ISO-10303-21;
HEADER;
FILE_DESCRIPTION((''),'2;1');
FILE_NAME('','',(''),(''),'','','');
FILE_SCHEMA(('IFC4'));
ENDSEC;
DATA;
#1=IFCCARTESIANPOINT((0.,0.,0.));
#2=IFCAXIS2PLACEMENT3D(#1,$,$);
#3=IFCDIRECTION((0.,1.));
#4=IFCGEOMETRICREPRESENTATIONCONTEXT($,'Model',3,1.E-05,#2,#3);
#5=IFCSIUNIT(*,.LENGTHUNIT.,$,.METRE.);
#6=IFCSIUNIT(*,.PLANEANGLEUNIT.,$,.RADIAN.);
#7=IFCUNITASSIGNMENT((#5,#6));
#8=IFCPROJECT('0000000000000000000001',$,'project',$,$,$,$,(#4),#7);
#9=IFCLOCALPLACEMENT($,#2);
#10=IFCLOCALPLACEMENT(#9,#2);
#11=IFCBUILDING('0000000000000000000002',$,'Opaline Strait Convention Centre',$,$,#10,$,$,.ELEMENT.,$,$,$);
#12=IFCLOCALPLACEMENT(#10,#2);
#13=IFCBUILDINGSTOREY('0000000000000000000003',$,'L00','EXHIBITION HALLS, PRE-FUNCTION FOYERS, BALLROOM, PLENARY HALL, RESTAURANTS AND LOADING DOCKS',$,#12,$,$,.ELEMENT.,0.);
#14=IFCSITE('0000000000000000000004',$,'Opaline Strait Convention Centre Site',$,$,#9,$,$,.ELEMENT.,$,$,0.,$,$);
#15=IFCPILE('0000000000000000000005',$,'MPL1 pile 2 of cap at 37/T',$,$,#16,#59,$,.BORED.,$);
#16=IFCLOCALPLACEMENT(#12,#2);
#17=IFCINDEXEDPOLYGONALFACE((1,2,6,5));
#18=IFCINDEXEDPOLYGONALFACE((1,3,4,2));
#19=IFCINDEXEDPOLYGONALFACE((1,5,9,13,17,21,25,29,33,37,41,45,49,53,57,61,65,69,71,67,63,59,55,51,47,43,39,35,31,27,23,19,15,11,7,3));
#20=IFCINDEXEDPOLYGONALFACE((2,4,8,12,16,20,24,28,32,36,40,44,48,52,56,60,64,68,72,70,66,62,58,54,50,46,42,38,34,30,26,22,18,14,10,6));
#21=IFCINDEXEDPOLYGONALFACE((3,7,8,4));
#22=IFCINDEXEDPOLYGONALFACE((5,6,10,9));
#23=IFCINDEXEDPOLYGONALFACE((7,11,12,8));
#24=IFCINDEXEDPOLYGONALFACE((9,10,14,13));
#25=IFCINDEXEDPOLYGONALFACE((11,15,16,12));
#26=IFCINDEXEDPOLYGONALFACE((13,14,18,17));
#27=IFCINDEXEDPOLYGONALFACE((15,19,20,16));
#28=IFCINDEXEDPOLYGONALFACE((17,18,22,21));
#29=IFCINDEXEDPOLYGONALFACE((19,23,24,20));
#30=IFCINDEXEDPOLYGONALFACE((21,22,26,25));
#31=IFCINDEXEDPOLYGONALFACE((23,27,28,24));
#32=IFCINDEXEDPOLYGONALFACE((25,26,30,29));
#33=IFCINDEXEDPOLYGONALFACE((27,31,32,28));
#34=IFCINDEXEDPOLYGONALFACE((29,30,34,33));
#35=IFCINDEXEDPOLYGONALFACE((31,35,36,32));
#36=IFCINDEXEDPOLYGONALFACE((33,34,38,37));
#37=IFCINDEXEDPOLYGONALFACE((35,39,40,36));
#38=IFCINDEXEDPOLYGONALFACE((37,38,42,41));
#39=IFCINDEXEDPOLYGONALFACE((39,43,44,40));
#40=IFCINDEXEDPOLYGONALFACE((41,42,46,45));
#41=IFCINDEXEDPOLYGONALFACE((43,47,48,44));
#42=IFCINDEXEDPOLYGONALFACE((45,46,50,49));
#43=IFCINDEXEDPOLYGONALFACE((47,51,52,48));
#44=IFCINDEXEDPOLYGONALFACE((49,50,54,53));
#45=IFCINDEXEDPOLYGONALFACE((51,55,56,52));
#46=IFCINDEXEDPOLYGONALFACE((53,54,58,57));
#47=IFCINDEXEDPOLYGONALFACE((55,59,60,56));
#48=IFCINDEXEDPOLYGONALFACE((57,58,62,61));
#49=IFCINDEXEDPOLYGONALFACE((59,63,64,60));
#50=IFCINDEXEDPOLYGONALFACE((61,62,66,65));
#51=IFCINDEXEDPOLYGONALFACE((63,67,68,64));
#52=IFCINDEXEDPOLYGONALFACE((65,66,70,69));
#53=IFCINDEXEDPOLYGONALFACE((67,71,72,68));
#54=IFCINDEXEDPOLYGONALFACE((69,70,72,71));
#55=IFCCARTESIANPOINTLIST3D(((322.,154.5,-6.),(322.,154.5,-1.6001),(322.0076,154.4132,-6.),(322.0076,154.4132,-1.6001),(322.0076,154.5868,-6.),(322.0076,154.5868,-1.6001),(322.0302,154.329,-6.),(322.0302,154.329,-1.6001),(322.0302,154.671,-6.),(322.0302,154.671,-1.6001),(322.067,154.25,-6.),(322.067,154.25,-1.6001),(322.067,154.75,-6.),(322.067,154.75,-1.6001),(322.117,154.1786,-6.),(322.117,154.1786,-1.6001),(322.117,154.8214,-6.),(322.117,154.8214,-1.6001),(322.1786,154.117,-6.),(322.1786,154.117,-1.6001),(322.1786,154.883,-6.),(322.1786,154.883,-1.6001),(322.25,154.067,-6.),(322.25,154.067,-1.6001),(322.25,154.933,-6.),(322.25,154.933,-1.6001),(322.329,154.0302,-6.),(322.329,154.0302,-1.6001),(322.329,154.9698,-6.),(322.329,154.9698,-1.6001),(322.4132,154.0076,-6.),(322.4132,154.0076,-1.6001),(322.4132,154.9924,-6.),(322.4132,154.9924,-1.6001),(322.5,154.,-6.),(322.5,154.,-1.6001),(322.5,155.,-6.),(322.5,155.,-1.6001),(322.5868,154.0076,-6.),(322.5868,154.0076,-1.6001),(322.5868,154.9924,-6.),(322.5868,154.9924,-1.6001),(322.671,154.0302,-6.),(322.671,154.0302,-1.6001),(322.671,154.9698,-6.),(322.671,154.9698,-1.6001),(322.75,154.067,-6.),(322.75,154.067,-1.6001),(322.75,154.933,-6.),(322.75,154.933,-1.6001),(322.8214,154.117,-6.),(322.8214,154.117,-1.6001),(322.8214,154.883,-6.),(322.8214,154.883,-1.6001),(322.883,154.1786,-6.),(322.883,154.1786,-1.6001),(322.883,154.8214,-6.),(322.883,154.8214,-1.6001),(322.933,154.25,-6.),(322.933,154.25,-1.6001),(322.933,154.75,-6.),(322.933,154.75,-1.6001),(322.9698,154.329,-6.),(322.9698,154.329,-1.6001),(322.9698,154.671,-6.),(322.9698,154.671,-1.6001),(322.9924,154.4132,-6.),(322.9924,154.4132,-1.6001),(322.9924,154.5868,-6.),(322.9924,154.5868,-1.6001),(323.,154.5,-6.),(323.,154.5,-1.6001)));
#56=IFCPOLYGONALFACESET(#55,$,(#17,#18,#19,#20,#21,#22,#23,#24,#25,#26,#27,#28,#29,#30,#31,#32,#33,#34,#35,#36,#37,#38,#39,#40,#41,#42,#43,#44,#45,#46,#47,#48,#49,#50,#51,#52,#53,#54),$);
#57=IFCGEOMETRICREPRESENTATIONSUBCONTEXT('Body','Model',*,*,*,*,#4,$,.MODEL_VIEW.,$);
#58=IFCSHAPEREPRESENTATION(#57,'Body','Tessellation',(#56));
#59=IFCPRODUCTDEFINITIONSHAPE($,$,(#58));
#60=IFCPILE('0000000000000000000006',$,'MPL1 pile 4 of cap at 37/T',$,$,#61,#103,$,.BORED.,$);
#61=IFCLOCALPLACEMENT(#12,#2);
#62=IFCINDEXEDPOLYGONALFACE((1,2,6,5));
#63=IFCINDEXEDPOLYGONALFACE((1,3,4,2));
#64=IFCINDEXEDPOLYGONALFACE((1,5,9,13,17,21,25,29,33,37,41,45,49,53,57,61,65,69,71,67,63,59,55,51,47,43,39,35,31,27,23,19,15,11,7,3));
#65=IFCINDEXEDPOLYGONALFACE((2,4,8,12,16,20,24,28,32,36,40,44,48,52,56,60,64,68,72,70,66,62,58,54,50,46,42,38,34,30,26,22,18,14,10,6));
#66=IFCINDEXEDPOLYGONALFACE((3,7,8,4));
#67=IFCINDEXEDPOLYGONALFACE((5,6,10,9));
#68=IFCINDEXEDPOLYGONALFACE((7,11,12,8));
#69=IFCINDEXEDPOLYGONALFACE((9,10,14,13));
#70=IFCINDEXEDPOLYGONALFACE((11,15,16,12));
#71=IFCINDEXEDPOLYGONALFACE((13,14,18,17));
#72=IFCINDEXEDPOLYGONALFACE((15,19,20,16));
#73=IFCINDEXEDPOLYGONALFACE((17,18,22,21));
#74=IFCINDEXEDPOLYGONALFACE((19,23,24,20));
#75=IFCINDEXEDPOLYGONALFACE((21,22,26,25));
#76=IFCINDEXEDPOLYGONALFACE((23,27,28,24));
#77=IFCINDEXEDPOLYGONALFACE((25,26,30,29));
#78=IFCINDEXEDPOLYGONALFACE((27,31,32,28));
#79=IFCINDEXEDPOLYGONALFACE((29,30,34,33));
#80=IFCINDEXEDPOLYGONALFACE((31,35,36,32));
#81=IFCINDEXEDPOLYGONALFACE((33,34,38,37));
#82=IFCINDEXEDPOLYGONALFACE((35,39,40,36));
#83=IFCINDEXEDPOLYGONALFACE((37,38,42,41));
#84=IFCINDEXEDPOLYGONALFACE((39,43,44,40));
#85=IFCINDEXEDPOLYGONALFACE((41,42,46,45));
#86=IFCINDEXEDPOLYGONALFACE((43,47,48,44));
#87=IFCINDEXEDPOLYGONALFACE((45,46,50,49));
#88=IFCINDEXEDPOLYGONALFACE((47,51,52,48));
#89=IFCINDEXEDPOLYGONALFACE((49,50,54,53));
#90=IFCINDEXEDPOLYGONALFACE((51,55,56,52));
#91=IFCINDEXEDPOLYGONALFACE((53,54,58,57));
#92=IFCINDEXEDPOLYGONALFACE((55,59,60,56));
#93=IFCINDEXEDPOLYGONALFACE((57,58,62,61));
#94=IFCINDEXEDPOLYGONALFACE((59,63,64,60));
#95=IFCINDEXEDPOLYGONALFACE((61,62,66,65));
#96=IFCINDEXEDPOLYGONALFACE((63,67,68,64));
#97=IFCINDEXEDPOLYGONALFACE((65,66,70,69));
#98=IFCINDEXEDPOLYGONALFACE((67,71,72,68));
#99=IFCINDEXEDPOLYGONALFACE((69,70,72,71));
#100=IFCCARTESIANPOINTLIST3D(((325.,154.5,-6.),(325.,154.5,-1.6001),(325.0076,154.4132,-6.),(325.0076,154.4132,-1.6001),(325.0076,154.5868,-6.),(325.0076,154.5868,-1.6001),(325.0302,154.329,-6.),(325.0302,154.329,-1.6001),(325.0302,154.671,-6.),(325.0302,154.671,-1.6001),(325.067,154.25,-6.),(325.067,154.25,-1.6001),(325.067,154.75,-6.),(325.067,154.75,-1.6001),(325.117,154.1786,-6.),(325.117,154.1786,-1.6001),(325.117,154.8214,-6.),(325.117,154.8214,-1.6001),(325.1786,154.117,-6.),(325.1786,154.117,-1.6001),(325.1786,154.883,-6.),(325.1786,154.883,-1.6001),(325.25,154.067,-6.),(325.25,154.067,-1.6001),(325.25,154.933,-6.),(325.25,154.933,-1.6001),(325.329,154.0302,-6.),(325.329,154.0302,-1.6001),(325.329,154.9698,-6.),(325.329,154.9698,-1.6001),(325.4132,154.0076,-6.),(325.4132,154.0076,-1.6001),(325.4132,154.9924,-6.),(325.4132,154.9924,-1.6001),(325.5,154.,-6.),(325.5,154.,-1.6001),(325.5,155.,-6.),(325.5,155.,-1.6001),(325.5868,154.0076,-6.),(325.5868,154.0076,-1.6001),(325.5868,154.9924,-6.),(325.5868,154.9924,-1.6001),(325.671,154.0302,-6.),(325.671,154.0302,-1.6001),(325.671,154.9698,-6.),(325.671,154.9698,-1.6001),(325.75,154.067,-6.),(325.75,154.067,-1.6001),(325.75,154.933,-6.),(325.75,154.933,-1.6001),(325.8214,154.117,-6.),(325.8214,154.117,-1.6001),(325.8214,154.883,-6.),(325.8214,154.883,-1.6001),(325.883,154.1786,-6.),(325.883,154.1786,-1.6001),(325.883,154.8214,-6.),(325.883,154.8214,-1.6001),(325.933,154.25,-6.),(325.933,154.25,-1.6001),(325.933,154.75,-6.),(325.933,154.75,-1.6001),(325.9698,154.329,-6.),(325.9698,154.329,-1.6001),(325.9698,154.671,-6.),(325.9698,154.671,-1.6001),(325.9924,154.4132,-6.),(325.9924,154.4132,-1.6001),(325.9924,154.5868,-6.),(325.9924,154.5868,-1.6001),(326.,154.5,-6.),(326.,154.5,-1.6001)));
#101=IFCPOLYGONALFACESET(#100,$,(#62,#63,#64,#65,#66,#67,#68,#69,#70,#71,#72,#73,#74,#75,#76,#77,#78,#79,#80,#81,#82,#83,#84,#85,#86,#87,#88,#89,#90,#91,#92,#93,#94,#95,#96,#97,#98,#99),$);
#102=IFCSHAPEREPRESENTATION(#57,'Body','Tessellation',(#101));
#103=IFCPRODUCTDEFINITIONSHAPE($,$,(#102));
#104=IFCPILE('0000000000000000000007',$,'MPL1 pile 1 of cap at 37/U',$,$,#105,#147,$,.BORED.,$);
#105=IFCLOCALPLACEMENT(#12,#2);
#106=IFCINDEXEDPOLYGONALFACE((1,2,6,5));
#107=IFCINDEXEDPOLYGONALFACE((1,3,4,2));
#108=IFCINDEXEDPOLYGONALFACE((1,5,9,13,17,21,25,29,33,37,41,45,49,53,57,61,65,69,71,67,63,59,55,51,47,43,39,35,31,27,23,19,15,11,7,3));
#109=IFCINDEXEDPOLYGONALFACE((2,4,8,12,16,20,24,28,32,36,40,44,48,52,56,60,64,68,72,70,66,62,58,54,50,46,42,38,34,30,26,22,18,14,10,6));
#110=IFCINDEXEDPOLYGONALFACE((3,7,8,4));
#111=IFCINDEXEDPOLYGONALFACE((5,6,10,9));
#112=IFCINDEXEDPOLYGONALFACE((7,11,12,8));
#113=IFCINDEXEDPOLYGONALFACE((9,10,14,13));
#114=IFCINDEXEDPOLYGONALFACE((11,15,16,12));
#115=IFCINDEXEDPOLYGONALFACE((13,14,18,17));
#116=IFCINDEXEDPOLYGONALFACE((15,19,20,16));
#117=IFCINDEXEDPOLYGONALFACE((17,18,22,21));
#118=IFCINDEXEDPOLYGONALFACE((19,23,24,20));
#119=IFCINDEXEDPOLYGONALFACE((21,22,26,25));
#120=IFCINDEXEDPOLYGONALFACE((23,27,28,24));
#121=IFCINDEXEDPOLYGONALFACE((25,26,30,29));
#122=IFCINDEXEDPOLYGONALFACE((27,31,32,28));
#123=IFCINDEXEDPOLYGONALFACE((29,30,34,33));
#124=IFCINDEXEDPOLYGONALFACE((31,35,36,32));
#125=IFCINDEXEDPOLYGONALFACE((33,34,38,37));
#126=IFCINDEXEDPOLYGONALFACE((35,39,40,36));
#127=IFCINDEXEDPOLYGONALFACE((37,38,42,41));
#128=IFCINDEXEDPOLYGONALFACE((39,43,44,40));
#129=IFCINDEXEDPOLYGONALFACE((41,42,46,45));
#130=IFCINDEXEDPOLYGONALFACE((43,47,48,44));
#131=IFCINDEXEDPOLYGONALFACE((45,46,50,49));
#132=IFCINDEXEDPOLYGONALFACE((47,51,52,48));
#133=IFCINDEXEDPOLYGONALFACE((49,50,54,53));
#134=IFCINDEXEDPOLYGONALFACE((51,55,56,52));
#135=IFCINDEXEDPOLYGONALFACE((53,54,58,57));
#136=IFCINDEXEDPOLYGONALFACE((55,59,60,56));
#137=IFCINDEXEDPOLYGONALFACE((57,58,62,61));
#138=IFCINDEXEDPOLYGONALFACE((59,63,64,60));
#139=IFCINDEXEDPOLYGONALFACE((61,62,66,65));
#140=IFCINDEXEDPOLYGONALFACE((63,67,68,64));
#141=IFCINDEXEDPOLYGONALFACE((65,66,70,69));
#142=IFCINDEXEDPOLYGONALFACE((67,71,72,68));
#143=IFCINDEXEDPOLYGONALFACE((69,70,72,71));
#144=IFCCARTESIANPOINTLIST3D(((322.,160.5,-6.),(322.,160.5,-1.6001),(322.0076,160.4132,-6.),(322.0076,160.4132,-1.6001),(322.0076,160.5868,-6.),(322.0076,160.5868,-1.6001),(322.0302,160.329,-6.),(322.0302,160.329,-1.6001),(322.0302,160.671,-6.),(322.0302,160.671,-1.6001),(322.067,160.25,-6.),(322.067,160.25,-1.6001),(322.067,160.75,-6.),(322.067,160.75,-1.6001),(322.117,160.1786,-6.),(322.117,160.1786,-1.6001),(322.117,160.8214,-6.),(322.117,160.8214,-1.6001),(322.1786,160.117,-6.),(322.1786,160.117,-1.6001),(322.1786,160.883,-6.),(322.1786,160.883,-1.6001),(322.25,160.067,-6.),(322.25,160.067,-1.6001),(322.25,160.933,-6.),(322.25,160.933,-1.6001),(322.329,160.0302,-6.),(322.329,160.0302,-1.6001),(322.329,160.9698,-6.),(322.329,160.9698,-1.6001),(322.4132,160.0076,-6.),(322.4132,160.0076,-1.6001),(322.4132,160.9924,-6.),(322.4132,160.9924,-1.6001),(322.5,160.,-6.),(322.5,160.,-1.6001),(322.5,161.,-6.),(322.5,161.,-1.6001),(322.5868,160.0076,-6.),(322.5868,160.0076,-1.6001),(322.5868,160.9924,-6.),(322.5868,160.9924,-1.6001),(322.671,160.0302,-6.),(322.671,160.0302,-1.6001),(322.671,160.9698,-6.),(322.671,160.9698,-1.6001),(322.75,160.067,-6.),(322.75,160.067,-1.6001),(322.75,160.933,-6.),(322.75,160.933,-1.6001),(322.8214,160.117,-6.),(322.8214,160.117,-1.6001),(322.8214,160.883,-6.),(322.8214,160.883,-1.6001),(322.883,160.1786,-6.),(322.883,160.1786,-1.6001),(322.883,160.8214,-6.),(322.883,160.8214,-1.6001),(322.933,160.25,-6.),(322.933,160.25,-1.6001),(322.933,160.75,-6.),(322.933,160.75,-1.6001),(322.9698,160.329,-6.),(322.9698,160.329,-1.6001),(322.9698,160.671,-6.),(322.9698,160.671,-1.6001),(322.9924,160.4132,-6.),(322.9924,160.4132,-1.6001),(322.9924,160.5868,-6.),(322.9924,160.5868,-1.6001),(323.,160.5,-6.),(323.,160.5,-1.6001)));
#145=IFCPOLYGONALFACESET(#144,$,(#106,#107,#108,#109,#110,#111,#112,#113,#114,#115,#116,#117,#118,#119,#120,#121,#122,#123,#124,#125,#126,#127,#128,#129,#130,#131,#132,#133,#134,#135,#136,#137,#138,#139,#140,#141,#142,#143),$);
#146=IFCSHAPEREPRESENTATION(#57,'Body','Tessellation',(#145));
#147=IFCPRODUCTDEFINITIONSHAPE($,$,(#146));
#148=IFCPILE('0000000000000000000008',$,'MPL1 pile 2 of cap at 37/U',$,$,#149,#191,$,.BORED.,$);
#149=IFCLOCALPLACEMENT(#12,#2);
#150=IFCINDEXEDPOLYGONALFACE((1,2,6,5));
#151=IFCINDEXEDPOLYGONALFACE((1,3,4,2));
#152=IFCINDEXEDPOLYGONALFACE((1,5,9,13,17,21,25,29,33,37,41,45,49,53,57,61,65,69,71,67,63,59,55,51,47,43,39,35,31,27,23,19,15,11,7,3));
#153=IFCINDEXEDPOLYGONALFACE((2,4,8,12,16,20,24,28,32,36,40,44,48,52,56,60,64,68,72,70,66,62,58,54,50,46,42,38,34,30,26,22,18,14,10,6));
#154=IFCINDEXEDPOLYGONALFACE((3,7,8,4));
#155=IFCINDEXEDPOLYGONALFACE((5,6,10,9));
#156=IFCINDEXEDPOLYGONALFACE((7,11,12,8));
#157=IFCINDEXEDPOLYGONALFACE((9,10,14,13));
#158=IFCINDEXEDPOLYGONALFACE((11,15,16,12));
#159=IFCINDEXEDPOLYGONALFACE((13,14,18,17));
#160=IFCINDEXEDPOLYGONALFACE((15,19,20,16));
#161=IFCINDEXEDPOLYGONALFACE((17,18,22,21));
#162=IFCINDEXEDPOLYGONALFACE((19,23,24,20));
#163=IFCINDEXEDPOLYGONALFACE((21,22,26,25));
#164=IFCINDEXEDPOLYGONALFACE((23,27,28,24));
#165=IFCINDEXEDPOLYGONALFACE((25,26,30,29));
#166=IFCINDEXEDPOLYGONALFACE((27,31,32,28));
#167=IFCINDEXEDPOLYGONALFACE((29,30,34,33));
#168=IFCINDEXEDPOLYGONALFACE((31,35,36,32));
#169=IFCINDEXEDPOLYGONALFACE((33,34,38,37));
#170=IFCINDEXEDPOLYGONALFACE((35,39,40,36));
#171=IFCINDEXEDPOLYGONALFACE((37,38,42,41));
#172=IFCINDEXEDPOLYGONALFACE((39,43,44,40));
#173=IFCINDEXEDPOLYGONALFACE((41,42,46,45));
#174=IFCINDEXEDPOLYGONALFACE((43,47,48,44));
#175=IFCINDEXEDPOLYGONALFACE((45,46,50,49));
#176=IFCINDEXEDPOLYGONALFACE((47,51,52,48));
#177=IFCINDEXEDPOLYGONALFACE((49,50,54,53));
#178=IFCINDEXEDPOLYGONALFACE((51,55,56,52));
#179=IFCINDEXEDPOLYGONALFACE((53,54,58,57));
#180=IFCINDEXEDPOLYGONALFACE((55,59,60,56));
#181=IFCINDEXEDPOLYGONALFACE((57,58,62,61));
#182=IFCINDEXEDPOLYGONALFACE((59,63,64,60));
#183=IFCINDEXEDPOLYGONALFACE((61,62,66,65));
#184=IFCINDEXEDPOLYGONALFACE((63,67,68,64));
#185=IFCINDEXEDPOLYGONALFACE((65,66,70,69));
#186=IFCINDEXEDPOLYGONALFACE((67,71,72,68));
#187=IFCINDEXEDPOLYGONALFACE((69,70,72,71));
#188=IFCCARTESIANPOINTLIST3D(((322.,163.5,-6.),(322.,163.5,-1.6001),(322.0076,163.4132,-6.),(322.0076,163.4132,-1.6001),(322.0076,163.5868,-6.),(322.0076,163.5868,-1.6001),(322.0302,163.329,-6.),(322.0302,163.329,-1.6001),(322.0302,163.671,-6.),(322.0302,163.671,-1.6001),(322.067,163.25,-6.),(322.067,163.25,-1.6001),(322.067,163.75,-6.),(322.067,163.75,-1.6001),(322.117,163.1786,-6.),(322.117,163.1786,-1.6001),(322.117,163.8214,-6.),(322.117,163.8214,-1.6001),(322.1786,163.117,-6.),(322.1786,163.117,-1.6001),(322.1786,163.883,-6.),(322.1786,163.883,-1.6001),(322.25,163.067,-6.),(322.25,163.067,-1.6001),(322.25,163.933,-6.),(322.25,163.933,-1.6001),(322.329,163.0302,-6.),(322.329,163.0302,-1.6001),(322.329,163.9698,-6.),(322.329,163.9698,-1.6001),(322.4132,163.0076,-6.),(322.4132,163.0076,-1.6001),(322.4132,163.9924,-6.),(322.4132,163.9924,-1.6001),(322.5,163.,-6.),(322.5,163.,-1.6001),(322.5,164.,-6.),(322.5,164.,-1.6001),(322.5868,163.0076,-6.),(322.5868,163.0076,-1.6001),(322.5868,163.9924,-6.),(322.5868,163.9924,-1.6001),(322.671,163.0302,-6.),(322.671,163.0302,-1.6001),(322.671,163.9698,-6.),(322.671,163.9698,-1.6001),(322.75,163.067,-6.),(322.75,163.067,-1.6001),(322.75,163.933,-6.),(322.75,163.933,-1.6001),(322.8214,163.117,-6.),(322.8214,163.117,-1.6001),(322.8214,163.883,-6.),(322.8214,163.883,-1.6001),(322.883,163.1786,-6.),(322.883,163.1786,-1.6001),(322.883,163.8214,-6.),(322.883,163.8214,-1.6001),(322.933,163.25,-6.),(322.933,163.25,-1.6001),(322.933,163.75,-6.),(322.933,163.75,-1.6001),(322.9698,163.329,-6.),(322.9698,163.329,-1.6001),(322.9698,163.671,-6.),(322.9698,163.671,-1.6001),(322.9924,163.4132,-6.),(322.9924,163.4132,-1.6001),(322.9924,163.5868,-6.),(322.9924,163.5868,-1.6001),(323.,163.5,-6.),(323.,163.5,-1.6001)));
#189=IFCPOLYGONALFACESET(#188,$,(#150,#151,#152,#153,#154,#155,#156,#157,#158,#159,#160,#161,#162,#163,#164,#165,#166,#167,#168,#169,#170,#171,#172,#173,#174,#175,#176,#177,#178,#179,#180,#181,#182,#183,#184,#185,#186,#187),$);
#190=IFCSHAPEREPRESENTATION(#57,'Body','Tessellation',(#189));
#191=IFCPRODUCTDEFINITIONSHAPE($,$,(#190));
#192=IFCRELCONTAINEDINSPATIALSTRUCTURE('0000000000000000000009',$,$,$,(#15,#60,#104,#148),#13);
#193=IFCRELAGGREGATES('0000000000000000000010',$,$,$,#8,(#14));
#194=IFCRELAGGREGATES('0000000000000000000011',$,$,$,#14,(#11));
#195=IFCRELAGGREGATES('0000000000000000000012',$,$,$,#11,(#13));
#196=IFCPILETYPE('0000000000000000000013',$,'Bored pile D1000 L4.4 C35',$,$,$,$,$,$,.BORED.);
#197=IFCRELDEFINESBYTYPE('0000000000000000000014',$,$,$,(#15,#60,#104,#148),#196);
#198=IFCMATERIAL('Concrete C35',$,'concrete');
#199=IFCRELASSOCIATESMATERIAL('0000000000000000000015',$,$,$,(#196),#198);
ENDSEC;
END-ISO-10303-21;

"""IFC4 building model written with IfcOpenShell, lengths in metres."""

from ifc_helpers import new_model, si_unit, direction, frame, origin, origin_2d, place, context, subcontext, project, spatial, circle, extrude, material, material_profile, profile_set, type_object, element, save


model = new_model("IFC4")

# Units and contexts
model_context = context("Model", 3, precision=1e-05, world=origin(), true_north=direction((0.0, 1.0)))
body_context = subcontext(model_context, "Body", "Model", "MODEL_VIEW")
ifc_project = project(units=[si_unit("LENGTHUNIT", "METRE"), si_unit("PLANEANGLEUNIT", "RADIAN")], contexts=[model_context])

# Site, building, storey
site_placement = place(None, origin())
site = spatial("IfcSite", under=ifc_project, at=site_placement, Name="Opaline Strait Convention Centre Site", CompositionType="ELEMENT", RefElevation=0.0)
building_placement = place(site_placement, origin())
building = spatial("IfcBuilding", under=site, at=building_placement, Name="Opaline Strait Convention Centre", CompositionType="ELEMENT")
storey_placement = place(building_placement, origin())
storey = spatial("IfcBuildingStorey", under=building, at=storey_placement, Name="L00", Description="EXHIBITION HALLS, PRE-FUNCTION FOYERS, BALLROOM, PLENARY HALL, RESTAURANTS AND LOADING DOCKS", CompositionType="ELEMENT", Elevation=0.0)

# Piles
ifc_material_1 = material(Name="Concrete C35", Category="concrete")
ifc_material_profile_1 = material_profile(ifc_material_1, circle(Radius=0.5, at=origin_2d()), Name="D1000")
ifc_profile_set_1 = profile_set([ifc_material_profile_1], Name="Concrete C35")
pile_type = type_object("IfcPileType", Name="Bored pile D1000 L4.4 C35", PredefinedType="BORED", material=ifc_profile_set_1)
for number, where, z_axis, x_axis, name in (
    (1, (322.5, 154.5, -1.6001), (0.0, 0.0, -1.0), (1.0, 0.0, 0.0), "MPL1 pile 2 of cap at 37/T"),
    (2, (325.5, 154.5, -1.6001), (0.0, 0.0, -1.0), (1.0, 0.0, 0.0), "MPL1 pile 4 of cap at 37/T"),
    (3, (322.5, 160.5, -1.6001), (0.0, 0.0, -1.0), (1.0, 0.0, 0.0), "MPL1 pile 1 of cap at 37/U"),
    (4, (322.5, 163.5, -1.6001), (0.0, 0.0, -1.0), (1.0, 0.0, 0.0), "MPL1 pile 2 of cap at 37/U"),
):
    element("IfcPile", number, at=place(storey_placement, frame(where, z_axis=z_axis, x_axis=x_axis)), inside=storey, type_object=pile_type, Name=name, PredefinedType="BORED", context=body_context, shape_type="SweptSolid", body=[
        extrude(circle(Radius=0.5, at=origin_2d()), origin(), (0.0, 0.0, 1.0), 4.3999),
    ])

save(model, "model.ifc")
